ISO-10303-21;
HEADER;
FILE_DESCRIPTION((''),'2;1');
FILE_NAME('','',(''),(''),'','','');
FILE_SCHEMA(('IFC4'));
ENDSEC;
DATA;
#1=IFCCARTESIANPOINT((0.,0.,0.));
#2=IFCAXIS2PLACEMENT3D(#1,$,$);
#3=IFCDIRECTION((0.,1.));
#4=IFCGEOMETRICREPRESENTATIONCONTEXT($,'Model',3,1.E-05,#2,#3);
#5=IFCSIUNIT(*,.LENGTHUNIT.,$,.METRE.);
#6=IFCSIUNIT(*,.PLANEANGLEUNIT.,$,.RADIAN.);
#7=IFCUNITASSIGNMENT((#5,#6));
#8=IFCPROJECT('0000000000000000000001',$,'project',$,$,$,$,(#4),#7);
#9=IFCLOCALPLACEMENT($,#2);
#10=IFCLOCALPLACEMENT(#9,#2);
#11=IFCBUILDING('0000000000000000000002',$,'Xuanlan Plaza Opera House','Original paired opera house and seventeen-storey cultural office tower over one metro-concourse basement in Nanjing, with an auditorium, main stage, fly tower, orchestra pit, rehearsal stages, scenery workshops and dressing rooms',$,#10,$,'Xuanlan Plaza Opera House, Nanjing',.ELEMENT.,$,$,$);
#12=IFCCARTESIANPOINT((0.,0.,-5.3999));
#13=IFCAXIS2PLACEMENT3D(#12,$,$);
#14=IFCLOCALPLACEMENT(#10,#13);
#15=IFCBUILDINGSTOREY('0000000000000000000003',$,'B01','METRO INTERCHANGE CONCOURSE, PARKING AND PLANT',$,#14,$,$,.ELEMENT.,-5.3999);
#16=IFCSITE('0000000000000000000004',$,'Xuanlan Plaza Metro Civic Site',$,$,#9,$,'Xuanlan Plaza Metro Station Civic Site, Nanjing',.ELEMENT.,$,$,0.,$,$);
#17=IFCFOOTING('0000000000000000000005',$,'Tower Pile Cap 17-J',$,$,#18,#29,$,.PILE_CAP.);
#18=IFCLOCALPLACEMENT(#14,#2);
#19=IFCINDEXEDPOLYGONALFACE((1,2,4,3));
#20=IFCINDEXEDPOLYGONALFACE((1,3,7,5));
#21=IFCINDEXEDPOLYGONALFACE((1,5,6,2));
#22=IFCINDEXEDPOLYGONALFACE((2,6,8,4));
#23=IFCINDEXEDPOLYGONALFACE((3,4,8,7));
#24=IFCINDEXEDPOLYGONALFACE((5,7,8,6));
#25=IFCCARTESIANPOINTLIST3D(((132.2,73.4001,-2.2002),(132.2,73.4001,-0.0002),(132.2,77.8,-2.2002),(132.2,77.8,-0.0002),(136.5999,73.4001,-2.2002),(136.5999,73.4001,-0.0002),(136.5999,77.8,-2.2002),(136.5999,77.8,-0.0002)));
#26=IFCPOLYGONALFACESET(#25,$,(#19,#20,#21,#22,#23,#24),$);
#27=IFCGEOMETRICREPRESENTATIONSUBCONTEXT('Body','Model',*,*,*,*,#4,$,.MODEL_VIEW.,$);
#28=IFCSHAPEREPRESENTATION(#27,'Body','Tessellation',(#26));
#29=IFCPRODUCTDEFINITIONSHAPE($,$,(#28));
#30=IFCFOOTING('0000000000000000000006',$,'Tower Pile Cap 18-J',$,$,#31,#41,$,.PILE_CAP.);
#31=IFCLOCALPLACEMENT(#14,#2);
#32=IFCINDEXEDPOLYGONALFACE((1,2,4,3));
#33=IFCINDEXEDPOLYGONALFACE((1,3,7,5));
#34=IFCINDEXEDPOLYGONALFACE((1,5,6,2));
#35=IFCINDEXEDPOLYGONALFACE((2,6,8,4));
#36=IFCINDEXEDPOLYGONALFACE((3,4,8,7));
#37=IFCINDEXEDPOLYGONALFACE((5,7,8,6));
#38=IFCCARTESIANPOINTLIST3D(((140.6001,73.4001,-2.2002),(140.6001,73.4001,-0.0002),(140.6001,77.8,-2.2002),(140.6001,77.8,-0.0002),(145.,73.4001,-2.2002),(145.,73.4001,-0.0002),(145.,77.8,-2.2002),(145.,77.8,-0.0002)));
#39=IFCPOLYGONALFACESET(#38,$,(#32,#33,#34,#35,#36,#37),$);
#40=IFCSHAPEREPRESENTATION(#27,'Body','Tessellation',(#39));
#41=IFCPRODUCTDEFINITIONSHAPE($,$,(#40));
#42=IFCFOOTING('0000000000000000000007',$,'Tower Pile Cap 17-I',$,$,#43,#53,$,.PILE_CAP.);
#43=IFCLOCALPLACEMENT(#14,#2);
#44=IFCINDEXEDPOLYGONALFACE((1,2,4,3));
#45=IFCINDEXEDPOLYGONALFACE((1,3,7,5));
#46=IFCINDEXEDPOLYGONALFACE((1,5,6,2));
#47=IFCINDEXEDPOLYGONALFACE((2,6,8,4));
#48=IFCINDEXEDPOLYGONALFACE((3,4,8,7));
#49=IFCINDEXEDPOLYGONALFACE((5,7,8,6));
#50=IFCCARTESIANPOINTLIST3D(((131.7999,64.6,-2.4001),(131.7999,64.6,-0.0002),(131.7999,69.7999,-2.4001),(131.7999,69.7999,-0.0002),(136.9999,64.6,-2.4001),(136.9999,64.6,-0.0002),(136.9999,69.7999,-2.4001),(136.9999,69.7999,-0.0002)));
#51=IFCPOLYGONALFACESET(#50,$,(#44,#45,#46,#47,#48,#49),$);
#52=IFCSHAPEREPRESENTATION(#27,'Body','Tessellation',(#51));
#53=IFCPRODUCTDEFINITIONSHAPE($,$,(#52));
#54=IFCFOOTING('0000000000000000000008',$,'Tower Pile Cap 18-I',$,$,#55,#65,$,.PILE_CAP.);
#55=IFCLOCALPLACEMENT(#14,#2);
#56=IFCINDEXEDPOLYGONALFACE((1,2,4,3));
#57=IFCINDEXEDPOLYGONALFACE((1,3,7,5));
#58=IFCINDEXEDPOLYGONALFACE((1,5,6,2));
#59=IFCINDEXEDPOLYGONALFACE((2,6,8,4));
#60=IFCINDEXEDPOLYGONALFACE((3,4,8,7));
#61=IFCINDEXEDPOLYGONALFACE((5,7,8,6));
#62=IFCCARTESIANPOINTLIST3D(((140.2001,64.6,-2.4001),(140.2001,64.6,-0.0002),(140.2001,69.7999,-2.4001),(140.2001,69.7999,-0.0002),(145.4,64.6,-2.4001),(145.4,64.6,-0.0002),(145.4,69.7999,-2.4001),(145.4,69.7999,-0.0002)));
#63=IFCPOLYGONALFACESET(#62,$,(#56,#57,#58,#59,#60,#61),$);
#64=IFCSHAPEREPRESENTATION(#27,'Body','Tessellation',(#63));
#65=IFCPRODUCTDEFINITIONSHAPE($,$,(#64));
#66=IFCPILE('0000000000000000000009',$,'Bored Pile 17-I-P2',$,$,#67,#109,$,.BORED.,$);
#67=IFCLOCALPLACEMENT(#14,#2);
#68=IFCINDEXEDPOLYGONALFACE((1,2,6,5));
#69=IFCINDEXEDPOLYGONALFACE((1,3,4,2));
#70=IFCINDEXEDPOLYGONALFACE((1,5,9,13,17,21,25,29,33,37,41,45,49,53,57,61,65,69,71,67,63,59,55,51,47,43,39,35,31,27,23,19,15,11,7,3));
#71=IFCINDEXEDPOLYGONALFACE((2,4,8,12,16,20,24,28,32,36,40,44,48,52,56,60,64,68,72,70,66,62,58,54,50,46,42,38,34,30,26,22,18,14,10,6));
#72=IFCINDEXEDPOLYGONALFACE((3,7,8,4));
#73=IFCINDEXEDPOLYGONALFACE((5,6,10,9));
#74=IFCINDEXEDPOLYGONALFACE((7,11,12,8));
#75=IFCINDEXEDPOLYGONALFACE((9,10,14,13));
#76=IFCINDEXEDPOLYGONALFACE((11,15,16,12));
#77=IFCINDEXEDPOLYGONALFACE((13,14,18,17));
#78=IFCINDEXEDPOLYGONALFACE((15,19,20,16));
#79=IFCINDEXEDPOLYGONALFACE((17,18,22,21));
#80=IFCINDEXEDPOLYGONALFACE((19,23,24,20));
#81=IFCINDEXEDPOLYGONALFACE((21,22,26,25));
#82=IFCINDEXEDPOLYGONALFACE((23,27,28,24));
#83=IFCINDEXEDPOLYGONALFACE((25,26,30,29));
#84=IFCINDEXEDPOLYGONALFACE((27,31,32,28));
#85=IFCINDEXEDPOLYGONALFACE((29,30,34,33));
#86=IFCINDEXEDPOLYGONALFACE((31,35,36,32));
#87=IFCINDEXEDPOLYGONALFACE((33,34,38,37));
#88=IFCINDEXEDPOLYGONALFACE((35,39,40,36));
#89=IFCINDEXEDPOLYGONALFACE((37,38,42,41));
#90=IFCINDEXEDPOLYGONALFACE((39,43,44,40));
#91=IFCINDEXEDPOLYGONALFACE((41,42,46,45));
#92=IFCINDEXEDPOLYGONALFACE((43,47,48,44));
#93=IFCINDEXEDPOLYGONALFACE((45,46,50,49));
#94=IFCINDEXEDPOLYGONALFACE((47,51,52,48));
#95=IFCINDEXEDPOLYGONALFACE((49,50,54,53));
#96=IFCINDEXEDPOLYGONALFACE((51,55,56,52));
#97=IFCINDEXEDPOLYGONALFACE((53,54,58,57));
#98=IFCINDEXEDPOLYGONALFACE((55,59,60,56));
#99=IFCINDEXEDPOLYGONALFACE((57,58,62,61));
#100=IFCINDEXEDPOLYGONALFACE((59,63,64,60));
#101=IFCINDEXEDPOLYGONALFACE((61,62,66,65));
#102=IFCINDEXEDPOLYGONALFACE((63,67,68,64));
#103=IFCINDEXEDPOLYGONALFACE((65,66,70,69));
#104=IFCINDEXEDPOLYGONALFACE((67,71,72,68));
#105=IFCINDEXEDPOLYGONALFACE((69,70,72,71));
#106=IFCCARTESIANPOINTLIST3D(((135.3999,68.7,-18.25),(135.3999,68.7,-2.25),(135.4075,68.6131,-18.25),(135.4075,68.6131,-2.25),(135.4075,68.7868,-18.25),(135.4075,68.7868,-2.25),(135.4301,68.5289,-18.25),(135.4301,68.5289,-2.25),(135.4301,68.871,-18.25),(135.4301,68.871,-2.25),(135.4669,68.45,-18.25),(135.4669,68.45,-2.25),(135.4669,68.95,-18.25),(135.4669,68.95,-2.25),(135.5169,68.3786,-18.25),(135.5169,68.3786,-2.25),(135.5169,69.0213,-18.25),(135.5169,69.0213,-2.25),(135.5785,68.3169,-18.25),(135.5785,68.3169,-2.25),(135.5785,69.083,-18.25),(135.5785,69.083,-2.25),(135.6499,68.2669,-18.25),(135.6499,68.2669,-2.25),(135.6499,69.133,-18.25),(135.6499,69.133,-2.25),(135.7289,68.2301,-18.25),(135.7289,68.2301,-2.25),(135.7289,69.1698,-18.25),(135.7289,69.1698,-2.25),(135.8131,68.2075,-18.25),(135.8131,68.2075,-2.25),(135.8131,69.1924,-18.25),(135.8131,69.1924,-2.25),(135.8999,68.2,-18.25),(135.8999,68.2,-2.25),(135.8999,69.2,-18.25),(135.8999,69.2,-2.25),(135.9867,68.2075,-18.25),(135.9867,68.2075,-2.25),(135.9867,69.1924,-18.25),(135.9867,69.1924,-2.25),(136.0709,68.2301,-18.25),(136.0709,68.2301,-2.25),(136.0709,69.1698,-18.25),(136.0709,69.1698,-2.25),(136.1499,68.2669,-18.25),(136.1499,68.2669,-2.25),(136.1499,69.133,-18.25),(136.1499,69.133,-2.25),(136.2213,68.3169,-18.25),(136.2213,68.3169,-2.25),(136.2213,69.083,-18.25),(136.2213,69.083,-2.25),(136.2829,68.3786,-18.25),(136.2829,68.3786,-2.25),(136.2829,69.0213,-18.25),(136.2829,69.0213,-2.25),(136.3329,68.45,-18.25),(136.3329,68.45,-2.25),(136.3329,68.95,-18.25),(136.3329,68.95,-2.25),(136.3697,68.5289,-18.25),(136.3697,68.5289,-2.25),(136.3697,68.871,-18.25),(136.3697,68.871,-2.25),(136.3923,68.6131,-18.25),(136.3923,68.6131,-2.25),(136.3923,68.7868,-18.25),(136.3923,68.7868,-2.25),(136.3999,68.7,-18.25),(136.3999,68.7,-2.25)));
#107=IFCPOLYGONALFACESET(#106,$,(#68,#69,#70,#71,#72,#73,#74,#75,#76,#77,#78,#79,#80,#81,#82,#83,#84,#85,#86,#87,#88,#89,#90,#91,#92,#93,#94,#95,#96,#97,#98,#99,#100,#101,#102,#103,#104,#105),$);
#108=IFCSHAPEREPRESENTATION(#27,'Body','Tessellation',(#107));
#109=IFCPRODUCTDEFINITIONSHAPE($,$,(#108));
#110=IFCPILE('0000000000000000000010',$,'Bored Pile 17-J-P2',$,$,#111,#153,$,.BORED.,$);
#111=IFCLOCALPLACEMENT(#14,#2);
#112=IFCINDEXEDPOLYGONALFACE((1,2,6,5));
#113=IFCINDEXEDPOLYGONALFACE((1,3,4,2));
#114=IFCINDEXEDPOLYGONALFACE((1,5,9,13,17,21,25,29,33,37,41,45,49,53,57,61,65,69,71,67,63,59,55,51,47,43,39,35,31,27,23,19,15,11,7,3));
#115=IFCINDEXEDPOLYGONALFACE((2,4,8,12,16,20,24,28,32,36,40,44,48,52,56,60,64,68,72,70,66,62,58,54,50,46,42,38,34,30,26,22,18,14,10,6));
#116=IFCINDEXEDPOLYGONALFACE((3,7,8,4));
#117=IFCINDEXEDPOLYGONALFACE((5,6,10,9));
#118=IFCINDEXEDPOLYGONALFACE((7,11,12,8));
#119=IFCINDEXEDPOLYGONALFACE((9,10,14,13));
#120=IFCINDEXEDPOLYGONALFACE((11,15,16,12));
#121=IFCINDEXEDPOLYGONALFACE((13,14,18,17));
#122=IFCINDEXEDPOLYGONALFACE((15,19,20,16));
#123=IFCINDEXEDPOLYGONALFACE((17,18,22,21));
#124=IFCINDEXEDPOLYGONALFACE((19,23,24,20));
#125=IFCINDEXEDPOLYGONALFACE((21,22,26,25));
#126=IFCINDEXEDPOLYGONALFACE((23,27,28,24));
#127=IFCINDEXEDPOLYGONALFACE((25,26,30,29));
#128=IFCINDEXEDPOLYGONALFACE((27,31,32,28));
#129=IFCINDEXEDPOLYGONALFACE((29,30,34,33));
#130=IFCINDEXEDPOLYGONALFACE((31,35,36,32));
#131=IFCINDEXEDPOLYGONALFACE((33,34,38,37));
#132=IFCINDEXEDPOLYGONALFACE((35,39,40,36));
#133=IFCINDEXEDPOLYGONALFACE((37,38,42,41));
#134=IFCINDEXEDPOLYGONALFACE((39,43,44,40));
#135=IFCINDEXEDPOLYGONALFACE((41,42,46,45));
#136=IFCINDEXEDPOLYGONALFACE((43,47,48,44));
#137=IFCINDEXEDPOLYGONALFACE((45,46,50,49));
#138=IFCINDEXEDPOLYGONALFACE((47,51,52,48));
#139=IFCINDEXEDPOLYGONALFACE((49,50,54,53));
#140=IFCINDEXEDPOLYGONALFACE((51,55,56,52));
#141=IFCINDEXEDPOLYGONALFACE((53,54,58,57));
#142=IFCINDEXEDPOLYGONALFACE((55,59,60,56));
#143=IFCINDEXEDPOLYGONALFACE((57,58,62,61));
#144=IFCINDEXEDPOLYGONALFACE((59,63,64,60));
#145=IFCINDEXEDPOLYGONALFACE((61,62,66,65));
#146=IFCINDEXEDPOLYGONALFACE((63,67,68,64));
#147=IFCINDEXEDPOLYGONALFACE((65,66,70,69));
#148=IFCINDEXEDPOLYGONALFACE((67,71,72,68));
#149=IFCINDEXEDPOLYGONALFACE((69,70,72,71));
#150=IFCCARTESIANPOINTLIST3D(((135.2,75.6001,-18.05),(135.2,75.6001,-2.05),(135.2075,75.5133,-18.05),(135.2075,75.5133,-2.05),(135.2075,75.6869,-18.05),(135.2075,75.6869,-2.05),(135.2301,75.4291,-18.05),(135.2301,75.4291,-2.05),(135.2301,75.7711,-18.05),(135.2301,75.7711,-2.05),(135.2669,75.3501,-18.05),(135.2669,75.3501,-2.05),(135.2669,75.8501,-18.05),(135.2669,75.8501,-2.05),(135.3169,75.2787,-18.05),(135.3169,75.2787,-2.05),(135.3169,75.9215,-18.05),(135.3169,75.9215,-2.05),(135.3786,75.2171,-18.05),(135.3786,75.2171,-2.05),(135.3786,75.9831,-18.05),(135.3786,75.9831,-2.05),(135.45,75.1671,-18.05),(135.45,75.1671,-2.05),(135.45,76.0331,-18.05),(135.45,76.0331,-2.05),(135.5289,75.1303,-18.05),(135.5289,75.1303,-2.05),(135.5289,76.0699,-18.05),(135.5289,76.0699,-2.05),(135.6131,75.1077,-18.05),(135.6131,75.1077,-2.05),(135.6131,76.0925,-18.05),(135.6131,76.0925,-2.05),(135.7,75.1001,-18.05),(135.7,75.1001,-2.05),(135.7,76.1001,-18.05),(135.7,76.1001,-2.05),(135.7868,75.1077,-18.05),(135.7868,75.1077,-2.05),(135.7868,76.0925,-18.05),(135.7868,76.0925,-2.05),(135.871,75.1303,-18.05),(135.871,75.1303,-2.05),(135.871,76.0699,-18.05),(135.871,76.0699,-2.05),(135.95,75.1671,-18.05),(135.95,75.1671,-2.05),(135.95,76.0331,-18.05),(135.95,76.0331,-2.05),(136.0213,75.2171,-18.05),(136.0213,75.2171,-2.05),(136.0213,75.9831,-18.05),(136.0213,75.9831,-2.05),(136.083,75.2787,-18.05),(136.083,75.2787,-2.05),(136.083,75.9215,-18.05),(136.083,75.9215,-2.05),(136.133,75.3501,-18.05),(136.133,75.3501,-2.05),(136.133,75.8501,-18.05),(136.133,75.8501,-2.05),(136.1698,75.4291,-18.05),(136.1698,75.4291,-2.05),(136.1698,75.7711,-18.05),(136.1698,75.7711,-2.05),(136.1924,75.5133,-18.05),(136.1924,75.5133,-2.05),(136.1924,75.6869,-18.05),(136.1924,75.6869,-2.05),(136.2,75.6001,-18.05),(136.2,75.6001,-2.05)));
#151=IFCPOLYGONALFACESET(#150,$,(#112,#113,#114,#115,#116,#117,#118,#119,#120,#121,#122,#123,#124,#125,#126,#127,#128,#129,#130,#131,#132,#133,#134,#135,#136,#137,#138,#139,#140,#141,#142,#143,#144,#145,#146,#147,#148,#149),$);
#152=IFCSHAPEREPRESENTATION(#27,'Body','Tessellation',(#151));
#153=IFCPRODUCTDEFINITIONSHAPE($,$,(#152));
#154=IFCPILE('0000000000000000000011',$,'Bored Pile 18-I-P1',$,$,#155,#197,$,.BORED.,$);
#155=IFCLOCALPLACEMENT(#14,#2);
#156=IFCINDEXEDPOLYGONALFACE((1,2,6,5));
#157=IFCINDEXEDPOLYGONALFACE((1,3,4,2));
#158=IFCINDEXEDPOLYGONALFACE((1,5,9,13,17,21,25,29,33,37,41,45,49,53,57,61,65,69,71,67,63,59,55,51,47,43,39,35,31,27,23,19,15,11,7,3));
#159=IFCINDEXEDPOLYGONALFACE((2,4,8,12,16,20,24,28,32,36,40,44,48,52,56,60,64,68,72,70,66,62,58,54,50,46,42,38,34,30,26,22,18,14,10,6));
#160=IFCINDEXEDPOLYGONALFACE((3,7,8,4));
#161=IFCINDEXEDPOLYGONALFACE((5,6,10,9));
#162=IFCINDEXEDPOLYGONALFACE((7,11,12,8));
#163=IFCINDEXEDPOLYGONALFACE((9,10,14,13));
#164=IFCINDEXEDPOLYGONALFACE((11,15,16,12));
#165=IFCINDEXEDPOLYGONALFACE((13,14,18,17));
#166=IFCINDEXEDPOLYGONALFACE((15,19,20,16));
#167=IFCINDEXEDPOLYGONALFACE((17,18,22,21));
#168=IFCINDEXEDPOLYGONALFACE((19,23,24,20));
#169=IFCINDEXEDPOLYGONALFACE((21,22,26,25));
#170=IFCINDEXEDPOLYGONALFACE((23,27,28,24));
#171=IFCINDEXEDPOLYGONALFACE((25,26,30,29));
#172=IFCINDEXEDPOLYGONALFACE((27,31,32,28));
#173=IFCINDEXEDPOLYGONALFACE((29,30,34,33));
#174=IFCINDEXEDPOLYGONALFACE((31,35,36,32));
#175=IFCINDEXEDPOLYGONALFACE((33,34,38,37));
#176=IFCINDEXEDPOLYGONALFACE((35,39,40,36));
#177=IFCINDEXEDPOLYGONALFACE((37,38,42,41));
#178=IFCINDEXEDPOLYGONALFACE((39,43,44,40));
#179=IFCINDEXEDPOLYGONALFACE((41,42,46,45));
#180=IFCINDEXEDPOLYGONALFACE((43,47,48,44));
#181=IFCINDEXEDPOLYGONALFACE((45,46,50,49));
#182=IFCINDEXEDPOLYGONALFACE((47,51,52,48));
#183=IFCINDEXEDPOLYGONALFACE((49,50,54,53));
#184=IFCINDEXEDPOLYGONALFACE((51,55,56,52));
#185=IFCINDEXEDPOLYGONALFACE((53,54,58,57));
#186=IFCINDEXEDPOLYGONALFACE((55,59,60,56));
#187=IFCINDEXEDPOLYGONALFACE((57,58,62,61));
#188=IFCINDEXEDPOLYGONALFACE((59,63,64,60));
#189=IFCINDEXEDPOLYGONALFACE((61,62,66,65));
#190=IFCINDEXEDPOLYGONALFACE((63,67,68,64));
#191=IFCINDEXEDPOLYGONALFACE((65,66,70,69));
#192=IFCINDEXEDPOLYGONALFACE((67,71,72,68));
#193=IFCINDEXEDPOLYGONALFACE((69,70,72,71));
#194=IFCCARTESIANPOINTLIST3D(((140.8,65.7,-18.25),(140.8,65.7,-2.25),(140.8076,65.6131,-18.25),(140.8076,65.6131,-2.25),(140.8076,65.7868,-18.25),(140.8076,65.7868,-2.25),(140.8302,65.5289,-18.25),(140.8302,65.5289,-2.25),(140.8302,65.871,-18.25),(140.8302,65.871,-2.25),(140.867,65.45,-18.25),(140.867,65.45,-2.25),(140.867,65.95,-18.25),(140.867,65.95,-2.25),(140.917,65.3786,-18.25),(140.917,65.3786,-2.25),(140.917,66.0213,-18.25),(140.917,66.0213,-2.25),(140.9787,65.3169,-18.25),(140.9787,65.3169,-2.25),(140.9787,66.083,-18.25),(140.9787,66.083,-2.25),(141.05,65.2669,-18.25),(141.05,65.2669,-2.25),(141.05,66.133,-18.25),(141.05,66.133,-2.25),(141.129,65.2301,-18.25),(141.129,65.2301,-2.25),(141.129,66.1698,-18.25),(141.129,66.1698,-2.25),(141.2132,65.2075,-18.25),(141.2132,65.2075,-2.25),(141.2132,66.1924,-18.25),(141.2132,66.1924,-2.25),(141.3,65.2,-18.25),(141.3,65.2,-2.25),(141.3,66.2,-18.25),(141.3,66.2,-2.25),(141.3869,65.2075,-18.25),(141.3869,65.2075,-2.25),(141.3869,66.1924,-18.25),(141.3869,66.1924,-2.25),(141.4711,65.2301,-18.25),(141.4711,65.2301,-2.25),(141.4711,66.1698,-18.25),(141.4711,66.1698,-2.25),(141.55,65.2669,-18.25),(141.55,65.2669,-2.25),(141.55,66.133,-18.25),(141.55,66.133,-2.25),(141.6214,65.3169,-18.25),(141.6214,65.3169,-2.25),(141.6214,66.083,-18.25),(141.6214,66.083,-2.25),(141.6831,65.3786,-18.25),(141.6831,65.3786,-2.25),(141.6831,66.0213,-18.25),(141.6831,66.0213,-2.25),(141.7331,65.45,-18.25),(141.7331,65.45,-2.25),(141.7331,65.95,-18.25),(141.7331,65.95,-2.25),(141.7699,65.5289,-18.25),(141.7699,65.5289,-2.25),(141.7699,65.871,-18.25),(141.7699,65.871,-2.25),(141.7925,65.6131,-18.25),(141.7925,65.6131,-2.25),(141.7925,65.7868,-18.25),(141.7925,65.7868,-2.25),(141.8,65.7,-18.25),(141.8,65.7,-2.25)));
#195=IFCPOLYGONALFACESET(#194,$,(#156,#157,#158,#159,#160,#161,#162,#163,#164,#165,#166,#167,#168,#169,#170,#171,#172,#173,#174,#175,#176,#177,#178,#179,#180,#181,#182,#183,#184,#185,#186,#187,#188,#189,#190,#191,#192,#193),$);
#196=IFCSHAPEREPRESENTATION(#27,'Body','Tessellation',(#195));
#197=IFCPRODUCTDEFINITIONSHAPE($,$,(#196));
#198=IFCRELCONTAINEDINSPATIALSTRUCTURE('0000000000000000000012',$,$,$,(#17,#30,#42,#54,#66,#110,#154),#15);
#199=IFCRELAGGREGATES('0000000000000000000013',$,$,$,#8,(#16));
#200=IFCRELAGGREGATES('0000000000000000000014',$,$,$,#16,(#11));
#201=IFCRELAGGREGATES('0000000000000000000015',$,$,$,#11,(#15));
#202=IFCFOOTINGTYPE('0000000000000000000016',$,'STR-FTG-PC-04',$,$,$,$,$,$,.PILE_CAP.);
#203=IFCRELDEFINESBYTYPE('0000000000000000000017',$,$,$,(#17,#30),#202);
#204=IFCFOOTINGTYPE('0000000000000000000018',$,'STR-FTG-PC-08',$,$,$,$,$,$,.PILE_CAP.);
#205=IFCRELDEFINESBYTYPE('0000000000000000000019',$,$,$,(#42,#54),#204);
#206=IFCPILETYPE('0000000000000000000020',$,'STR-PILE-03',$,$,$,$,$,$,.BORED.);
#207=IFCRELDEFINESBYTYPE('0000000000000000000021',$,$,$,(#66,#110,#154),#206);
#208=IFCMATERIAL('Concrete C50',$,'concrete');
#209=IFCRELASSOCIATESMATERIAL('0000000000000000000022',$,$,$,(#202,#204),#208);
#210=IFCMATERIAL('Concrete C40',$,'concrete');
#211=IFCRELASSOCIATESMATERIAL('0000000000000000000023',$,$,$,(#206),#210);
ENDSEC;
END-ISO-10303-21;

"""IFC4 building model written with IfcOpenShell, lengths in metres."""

from ifc_helpers import new_model, si_unit, direction, frame, origin, origin_2d, place, context, subcontext, project, spatial, rectangle, circle, extrude, material, material_profile, profile_set, type_object, element, save


model = new_model("IFC4")

# Units and contexts
model_context = context("Model", 3, precision=1e-05, world=origin(), true_north=direction((0.0, 1.0)))
body_context = subcontext(model_context, "Body", "Model", "MODEL_VIEW")
ifc_project = project(units=[si_unit("LENGTHUNIT", "METRE"), si_unit("PLANEANGLEUNIT", "RADIAN")], contexts=[model_context])

# Site, building, storey
site_placement = place(None, origin())
site = spatial("IfcSite", under=ifc_project, at=site_placement, Name="Xuanlan Plaza Metro Civic Site", LongName="Xuanlan Plaza Metro Station Civic Site, Nanjing", CompositionType="ELEMENT", RefElevation=0.0)
building_placement = place(site_placement, origin())
building = spatial("IfcBuilding", under=site, at=building_placement, Name="Xuanlan Plaza Opera House", Description="Original paired opera house and seventeen-storey cultural office tower over one metro-concourse basement in Nanjing, with an auditorium, main stage, fly tower, orchestra pit, rehearsal stages, scenery workshops and dressing rooms", LongName="Xuanlan Plaza Opera House, Nanjing", CompositionType="ELEMENT")
storey_placement = place(building_placement, frame((0.0, 0.0, -5.3999)))
storey = spatial("IfcBuildingStorey", under=building, at=storey_placement, Name="B01", Description="METRO INTERCHANGE CONCOURSE, PARKING AND PLANT", CompositionType="ELEMENT", Elevation=-5.3999)

# Footings
ifc_material_1 = material(Name="Concrete C50", Category="concrete")
footing_type_1 = type_object("IfcFootingType", Name="STR-FTG-PC-04", PredefinedType="PILE_CAP", material=ifc_material_1)
for number, where, z_axis, x_axis, name in (
    (1, (134.3999, 75.6001, -2.2002), (0.0, 0.0, 1.0), (1.0, 0.0, 0.0), "Tower Pile Cap 17-J"),
    (2, (142.8, 75.6001, -2.2002), (0.0, 0.0, 1.0), (1.0, 0.0, 0.0), "Tower Pile Cap 18-J"),
):
    element("IfcFooting", number, at=place(storey_placement, frame(where, z_axis=z_axis, x_axis=x_axis)), inside=storey, type_object=footing_type_1, Name=name, PredefinedType="PILE_CAP", context=body_context, shape_type="SweptSolid", body=[
        extrude(rectangle(XDim=4.3999, YDim=4.3999, at=origin_2d()), origin(), (0.0, 0.0, 1.0), 2.2),
    ])
footing_type_2 = type_object("IfcFootingType", Name="STR-FTG-PC-08", PredefinedType="PILE_CAP", material=ifc_material_1)
for number, where, z_axis, x_axis, name in (
    (3, (134.3999, 67.2, -2.4001), (0.0, 0.0, 1.0), (1.0, 0.0, 0.0), "Tower Pile Cap 17-I"),
    (4, (142.8, 67.2, -2.4001), (0.0, 0.0, 1.0), (1.0, 0.0, 0.0), "Tower Pile Cap 18-I"),
):
    element("IfcFooting", number, at=place(storey_placement, frame(where, z_axis=z_axis, x_axis=x_axis)), inside=storey, type_object=footing_type_2, Name=name, PredefinedType="PILE_CAP", context=body_context, shape_type="SweptSolid", body=[
        extrude(rectangle(XDim=5.2, YDim=5.2, at=origin_2d()), origin(), (0.0, 0.0, 1.0), 2.3999),
    ])

# Piles
ifc_material_2 = material(Name="Concrete C40", Category="concrete")
ifc_material_profile_1 = material_profile(ifc_material_2, circle(Radius=0.5, at=origin_2d()), Name="PILE D1000")
ifc_profile_set_1 = profile_set([ifc_material_profile_1], Name="Concrete C40")
pile_type = type_object("IfcPileType", Name="STR-PILE-03", PredefinedType="BORED", material=ifc_profile_set_1)
for number, where, z_axis, x_axis, name in (
    (5, (135.8999, 68.7, -2.25), (0.0, 0.0, -1.0), (1.0, 0.0, 0.0), "Bored Pile 17-I-P2"),
    (6, (135.7, 75.6001, -2.05), (0.0, 0.0, -1.0), (1.0, 0.0, 0.0), "Bored Pile 17-J-P2"),
    (7, (141.3, 65.7, -2.25), (0.0, 0.0, -1.0), (1.0, 0.0, 0.0), "Bored Pile 18-I-P1"),
):
    element("IfcPile", number, at=place(storey_placement, frame(where, z_axis=z_axis, x_axis=x_axis)), inside=storey, type_object=pile_type, Name=name, PredefinedType="BORED", context=body_context, shape_type="SweptSolid", body=[
        extrude(circle(Radius=0.5, at=origin_2d()), origin(), (0.0, 0.0, 1.0), 16.0),
    ])

save(model, "model.ifc")
